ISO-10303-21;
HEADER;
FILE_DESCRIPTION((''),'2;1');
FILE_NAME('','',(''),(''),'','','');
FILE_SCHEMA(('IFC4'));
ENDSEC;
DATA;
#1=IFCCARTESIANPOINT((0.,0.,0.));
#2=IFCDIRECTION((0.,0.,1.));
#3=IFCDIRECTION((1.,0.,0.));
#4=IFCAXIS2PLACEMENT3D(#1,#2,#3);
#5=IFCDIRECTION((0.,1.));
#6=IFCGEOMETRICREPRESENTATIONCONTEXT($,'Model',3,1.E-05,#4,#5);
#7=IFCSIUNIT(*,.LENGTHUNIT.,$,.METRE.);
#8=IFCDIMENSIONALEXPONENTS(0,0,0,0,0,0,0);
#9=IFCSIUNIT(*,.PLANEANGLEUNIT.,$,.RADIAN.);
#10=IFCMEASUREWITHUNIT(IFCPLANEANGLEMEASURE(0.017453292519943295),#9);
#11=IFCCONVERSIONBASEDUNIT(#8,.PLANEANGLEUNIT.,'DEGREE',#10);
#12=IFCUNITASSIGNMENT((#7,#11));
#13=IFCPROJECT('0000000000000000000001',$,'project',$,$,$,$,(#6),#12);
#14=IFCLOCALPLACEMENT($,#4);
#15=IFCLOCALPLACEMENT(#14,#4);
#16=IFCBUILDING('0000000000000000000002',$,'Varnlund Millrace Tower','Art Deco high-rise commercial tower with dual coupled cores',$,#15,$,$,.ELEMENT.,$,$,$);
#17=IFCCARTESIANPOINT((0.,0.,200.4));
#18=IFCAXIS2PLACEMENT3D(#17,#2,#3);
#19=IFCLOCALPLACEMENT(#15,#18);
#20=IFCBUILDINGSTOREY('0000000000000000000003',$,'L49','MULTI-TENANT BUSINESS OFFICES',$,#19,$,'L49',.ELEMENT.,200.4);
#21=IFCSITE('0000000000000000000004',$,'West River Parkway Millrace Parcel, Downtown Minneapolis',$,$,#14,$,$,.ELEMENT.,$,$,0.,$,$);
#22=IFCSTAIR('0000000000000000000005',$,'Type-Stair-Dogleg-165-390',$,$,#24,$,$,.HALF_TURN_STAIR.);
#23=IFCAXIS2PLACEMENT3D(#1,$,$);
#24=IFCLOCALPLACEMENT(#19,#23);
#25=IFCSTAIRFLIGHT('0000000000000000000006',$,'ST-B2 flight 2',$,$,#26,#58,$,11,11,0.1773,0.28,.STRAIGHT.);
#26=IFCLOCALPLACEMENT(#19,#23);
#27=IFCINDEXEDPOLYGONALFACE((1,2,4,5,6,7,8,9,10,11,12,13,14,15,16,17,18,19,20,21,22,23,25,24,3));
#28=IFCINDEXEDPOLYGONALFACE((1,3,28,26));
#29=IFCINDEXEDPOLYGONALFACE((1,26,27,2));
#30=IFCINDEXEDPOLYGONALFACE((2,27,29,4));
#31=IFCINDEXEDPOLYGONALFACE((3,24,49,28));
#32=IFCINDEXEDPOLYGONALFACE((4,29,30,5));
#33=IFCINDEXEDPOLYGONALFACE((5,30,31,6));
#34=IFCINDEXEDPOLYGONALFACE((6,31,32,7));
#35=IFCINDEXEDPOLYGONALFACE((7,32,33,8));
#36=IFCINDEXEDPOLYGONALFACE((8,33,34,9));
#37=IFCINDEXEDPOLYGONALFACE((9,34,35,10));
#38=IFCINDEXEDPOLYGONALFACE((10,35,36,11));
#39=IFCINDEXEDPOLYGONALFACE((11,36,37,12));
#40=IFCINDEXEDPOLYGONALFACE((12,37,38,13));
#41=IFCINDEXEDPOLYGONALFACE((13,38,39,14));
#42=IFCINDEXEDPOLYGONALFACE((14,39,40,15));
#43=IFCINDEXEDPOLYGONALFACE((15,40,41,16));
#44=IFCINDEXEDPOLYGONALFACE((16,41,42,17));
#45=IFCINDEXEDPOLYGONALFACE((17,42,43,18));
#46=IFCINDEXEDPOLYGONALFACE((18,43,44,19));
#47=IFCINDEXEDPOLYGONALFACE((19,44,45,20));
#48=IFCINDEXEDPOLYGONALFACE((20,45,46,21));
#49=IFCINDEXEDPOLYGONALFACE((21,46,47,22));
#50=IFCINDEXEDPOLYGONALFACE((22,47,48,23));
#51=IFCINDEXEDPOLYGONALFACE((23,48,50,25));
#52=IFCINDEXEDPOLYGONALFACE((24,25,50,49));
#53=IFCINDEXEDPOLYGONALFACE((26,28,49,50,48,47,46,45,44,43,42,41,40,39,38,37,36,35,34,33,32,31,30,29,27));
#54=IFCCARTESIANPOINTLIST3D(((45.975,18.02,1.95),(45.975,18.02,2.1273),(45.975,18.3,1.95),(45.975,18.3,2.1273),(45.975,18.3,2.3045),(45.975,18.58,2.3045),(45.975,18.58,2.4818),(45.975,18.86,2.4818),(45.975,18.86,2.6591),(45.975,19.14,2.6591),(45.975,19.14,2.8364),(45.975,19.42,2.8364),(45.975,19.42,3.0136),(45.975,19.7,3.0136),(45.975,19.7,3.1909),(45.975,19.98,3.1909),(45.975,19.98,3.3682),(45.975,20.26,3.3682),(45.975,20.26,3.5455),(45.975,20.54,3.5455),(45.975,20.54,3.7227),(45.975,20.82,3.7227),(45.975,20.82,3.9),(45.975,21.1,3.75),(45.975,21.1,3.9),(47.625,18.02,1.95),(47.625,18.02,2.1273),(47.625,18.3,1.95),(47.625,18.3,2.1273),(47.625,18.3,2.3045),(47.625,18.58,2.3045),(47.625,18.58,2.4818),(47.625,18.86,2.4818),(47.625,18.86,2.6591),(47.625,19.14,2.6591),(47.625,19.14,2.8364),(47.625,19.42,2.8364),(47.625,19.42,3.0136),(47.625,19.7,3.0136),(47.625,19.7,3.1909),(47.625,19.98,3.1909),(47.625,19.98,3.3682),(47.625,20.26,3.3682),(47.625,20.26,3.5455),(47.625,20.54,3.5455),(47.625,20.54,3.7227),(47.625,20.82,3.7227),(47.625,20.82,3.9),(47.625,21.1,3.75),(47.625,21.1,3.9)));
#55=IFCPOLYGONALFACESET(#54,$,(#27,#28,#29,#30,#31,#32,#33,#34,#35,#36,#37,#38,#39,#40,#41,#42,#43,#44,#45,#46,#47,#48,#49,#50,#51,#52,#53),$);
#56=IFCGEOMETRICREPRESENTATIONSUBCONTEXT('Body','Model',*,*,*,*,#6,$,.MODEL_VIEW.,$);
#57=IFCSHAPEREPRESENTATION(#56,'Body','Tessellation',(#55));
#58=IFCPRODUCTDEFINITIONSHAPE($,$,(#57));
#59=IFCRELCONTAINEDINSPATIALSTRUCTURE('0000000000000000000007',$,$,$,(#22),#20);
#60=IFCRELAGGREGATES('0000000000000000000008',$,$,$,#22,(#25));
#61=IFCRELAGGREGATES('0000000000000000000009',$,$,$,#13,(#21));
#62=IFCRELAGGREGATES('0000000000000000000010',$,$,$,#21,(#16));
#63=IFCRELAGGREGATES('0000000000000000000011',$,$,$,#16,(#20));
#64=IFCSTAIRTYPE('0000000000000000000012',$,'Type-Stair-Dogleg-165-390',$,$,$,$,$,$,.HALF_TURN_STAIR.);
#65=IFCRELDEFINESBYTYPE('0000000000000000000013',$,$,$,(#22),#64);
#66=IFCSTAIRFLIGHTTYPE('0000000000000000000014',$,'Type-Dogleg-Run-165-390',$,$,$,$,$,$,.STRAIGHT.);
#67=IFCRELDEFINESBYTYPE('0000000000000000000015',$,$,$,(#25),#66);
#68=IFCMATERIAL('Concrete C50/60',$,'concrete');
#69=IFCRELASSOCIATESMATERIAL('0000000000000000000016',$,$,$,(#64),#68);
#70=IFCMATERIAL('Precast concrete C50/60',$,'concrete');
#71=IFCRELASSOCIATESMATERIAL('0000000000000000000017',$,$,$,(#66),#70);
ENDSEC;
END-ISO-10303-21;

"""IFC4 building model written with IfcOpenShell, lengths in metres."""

from ifc_helpers import new_model, entity, si_unit, converted_unit, direction, frame, origin_with_axes, place, context, subcontext, project, spatial, polyline, outline, extrude, material, type_object, element, aggregate, save


model = new_model("IFC4")

# Units and contexts
model_context = context("Model", 3, precision=1e-05, world=origin_with_axes(), true_north=direction((0.0, 1.0)))
body_context = subcontext(model_context, "Body", "Model", "MODEL_VIEW")
ifc_project = project(units=[si_unit("LENGTHUNIT", "METRE"), converted_unit("PLANEANGLEUNIT", "DEGREE", entity("IfcPlaneAngleMeasure", 0.017453292519943295), si_unit("PLANEANGLEUNIT", "RADIAN"), dimensions=[0, 0, 0, 0, 0, 0, 0])], contexts=[model_context])

# Site, building, storey
site_placement = place(None, origin_with_axes())
site = spatial("IfcSite", under=ifc_project, at=site_placement, Name="West River Parkway Millrace Parcel, Downtown Minneapolis", CompositionType="ELEMENT", RefElevation=0.0)
building_placement = place(site_placement, origin_with_axes())
building = spatial("IfcBuilding", under=site, at=building_placement, Name="Varnlund Millrace Tower", Description="Art Deco high-rise commercial tower with dual coupled cores", CompositionType="ELEMENT")
storey_placement = place(building_placement, frame((0.0, 0.0, 200.4), z_axis=(0.0, 0.0, 1.0), x_axis=(1.0, 0.0, 0.0)))
storey = spatial("IfcBuildingStorey", under=building, at=storey_placement, Name="L49", Description="MULTI-TENANT BUSINESS OFFICES", LongName="L49", CompositionType="ELEMENT", Elevation=200.4)

# Shared definitions
ifc_material_1 = material(Name="Precast concrete C50/60", Category="concrete")

# Stair, stair flight
ifc_material_2 = material(Name="Concrete C50/60", Category="concrete")
stair_type = type_object("IfcStairType", Name="Type-Stair-Dogleg-165-390", PredefinedType="HALF_TURN_STAIR", material=ifc_material_2)
stair_placement = place(storey_placement, origin_with_axes())
stair = element("IfcStair", 1, at=stair_placement, inside=storey, type_object=stair_type, Name="Type-Stair-Dogleg-165-390", PredefinedType="HALF_TURN_STAIR")
stair_flight_type = type_object("IfcStairFlightType", Name="Type-Dogleg-Run-165-390", PredefinedType="STRAIGHT", material=ifc_material_1)
stair_flight_placement = place(storey_placement, frame((45.975, 18.02, 1.95), z_axis=(1.0, 0.0, 0.0), x_axis=(0.0, 1.0, 0.0)))
stair_flight = element("IfcStairFlight", 2, at=stair_flight_placement, type_object=stair_flight_type, Name="ST-B2 flight 2", NumberOfRisers=11, NumberOfTreads=11, PredefinedType="STRAIGHT", RiserHeight=0.1773, TreadLength=0.28, context=body_context, shape_type="SweptSolid", body=[
    extrude(outline(polyline([(0.0, 0.0), (0.0, 0.1773), (0.28, 0.1773), (0.28, 0.3545), (0.56, 0.3545), (0.56, 0.5318), (0.84, 0.5318), (0.84, 0.7091), (1.12, 0.7091), (1.12, 0.8864), (1.4, 0.8864), (1.4, 1.0636), (1.68, 1.0636), (1.68, 1.2409), (1.96, 1.2409), (1.96, 1.4182), (2.24, 1.4182), (2.24, 1.5955), (2.52, 1.5955), (2.52, 1.7727), (2.8, 1.7727), (2.8, 1.95), (3.08, 1.95), (3.08, 1.8), (0.28, 0.0), (0.0, 0.0)])), origin_with_axes(), (0.0, 0.0, 1.0), 1.65),
])
aggregate(stair, [stair_flight])

save(model, "model.ifc")
